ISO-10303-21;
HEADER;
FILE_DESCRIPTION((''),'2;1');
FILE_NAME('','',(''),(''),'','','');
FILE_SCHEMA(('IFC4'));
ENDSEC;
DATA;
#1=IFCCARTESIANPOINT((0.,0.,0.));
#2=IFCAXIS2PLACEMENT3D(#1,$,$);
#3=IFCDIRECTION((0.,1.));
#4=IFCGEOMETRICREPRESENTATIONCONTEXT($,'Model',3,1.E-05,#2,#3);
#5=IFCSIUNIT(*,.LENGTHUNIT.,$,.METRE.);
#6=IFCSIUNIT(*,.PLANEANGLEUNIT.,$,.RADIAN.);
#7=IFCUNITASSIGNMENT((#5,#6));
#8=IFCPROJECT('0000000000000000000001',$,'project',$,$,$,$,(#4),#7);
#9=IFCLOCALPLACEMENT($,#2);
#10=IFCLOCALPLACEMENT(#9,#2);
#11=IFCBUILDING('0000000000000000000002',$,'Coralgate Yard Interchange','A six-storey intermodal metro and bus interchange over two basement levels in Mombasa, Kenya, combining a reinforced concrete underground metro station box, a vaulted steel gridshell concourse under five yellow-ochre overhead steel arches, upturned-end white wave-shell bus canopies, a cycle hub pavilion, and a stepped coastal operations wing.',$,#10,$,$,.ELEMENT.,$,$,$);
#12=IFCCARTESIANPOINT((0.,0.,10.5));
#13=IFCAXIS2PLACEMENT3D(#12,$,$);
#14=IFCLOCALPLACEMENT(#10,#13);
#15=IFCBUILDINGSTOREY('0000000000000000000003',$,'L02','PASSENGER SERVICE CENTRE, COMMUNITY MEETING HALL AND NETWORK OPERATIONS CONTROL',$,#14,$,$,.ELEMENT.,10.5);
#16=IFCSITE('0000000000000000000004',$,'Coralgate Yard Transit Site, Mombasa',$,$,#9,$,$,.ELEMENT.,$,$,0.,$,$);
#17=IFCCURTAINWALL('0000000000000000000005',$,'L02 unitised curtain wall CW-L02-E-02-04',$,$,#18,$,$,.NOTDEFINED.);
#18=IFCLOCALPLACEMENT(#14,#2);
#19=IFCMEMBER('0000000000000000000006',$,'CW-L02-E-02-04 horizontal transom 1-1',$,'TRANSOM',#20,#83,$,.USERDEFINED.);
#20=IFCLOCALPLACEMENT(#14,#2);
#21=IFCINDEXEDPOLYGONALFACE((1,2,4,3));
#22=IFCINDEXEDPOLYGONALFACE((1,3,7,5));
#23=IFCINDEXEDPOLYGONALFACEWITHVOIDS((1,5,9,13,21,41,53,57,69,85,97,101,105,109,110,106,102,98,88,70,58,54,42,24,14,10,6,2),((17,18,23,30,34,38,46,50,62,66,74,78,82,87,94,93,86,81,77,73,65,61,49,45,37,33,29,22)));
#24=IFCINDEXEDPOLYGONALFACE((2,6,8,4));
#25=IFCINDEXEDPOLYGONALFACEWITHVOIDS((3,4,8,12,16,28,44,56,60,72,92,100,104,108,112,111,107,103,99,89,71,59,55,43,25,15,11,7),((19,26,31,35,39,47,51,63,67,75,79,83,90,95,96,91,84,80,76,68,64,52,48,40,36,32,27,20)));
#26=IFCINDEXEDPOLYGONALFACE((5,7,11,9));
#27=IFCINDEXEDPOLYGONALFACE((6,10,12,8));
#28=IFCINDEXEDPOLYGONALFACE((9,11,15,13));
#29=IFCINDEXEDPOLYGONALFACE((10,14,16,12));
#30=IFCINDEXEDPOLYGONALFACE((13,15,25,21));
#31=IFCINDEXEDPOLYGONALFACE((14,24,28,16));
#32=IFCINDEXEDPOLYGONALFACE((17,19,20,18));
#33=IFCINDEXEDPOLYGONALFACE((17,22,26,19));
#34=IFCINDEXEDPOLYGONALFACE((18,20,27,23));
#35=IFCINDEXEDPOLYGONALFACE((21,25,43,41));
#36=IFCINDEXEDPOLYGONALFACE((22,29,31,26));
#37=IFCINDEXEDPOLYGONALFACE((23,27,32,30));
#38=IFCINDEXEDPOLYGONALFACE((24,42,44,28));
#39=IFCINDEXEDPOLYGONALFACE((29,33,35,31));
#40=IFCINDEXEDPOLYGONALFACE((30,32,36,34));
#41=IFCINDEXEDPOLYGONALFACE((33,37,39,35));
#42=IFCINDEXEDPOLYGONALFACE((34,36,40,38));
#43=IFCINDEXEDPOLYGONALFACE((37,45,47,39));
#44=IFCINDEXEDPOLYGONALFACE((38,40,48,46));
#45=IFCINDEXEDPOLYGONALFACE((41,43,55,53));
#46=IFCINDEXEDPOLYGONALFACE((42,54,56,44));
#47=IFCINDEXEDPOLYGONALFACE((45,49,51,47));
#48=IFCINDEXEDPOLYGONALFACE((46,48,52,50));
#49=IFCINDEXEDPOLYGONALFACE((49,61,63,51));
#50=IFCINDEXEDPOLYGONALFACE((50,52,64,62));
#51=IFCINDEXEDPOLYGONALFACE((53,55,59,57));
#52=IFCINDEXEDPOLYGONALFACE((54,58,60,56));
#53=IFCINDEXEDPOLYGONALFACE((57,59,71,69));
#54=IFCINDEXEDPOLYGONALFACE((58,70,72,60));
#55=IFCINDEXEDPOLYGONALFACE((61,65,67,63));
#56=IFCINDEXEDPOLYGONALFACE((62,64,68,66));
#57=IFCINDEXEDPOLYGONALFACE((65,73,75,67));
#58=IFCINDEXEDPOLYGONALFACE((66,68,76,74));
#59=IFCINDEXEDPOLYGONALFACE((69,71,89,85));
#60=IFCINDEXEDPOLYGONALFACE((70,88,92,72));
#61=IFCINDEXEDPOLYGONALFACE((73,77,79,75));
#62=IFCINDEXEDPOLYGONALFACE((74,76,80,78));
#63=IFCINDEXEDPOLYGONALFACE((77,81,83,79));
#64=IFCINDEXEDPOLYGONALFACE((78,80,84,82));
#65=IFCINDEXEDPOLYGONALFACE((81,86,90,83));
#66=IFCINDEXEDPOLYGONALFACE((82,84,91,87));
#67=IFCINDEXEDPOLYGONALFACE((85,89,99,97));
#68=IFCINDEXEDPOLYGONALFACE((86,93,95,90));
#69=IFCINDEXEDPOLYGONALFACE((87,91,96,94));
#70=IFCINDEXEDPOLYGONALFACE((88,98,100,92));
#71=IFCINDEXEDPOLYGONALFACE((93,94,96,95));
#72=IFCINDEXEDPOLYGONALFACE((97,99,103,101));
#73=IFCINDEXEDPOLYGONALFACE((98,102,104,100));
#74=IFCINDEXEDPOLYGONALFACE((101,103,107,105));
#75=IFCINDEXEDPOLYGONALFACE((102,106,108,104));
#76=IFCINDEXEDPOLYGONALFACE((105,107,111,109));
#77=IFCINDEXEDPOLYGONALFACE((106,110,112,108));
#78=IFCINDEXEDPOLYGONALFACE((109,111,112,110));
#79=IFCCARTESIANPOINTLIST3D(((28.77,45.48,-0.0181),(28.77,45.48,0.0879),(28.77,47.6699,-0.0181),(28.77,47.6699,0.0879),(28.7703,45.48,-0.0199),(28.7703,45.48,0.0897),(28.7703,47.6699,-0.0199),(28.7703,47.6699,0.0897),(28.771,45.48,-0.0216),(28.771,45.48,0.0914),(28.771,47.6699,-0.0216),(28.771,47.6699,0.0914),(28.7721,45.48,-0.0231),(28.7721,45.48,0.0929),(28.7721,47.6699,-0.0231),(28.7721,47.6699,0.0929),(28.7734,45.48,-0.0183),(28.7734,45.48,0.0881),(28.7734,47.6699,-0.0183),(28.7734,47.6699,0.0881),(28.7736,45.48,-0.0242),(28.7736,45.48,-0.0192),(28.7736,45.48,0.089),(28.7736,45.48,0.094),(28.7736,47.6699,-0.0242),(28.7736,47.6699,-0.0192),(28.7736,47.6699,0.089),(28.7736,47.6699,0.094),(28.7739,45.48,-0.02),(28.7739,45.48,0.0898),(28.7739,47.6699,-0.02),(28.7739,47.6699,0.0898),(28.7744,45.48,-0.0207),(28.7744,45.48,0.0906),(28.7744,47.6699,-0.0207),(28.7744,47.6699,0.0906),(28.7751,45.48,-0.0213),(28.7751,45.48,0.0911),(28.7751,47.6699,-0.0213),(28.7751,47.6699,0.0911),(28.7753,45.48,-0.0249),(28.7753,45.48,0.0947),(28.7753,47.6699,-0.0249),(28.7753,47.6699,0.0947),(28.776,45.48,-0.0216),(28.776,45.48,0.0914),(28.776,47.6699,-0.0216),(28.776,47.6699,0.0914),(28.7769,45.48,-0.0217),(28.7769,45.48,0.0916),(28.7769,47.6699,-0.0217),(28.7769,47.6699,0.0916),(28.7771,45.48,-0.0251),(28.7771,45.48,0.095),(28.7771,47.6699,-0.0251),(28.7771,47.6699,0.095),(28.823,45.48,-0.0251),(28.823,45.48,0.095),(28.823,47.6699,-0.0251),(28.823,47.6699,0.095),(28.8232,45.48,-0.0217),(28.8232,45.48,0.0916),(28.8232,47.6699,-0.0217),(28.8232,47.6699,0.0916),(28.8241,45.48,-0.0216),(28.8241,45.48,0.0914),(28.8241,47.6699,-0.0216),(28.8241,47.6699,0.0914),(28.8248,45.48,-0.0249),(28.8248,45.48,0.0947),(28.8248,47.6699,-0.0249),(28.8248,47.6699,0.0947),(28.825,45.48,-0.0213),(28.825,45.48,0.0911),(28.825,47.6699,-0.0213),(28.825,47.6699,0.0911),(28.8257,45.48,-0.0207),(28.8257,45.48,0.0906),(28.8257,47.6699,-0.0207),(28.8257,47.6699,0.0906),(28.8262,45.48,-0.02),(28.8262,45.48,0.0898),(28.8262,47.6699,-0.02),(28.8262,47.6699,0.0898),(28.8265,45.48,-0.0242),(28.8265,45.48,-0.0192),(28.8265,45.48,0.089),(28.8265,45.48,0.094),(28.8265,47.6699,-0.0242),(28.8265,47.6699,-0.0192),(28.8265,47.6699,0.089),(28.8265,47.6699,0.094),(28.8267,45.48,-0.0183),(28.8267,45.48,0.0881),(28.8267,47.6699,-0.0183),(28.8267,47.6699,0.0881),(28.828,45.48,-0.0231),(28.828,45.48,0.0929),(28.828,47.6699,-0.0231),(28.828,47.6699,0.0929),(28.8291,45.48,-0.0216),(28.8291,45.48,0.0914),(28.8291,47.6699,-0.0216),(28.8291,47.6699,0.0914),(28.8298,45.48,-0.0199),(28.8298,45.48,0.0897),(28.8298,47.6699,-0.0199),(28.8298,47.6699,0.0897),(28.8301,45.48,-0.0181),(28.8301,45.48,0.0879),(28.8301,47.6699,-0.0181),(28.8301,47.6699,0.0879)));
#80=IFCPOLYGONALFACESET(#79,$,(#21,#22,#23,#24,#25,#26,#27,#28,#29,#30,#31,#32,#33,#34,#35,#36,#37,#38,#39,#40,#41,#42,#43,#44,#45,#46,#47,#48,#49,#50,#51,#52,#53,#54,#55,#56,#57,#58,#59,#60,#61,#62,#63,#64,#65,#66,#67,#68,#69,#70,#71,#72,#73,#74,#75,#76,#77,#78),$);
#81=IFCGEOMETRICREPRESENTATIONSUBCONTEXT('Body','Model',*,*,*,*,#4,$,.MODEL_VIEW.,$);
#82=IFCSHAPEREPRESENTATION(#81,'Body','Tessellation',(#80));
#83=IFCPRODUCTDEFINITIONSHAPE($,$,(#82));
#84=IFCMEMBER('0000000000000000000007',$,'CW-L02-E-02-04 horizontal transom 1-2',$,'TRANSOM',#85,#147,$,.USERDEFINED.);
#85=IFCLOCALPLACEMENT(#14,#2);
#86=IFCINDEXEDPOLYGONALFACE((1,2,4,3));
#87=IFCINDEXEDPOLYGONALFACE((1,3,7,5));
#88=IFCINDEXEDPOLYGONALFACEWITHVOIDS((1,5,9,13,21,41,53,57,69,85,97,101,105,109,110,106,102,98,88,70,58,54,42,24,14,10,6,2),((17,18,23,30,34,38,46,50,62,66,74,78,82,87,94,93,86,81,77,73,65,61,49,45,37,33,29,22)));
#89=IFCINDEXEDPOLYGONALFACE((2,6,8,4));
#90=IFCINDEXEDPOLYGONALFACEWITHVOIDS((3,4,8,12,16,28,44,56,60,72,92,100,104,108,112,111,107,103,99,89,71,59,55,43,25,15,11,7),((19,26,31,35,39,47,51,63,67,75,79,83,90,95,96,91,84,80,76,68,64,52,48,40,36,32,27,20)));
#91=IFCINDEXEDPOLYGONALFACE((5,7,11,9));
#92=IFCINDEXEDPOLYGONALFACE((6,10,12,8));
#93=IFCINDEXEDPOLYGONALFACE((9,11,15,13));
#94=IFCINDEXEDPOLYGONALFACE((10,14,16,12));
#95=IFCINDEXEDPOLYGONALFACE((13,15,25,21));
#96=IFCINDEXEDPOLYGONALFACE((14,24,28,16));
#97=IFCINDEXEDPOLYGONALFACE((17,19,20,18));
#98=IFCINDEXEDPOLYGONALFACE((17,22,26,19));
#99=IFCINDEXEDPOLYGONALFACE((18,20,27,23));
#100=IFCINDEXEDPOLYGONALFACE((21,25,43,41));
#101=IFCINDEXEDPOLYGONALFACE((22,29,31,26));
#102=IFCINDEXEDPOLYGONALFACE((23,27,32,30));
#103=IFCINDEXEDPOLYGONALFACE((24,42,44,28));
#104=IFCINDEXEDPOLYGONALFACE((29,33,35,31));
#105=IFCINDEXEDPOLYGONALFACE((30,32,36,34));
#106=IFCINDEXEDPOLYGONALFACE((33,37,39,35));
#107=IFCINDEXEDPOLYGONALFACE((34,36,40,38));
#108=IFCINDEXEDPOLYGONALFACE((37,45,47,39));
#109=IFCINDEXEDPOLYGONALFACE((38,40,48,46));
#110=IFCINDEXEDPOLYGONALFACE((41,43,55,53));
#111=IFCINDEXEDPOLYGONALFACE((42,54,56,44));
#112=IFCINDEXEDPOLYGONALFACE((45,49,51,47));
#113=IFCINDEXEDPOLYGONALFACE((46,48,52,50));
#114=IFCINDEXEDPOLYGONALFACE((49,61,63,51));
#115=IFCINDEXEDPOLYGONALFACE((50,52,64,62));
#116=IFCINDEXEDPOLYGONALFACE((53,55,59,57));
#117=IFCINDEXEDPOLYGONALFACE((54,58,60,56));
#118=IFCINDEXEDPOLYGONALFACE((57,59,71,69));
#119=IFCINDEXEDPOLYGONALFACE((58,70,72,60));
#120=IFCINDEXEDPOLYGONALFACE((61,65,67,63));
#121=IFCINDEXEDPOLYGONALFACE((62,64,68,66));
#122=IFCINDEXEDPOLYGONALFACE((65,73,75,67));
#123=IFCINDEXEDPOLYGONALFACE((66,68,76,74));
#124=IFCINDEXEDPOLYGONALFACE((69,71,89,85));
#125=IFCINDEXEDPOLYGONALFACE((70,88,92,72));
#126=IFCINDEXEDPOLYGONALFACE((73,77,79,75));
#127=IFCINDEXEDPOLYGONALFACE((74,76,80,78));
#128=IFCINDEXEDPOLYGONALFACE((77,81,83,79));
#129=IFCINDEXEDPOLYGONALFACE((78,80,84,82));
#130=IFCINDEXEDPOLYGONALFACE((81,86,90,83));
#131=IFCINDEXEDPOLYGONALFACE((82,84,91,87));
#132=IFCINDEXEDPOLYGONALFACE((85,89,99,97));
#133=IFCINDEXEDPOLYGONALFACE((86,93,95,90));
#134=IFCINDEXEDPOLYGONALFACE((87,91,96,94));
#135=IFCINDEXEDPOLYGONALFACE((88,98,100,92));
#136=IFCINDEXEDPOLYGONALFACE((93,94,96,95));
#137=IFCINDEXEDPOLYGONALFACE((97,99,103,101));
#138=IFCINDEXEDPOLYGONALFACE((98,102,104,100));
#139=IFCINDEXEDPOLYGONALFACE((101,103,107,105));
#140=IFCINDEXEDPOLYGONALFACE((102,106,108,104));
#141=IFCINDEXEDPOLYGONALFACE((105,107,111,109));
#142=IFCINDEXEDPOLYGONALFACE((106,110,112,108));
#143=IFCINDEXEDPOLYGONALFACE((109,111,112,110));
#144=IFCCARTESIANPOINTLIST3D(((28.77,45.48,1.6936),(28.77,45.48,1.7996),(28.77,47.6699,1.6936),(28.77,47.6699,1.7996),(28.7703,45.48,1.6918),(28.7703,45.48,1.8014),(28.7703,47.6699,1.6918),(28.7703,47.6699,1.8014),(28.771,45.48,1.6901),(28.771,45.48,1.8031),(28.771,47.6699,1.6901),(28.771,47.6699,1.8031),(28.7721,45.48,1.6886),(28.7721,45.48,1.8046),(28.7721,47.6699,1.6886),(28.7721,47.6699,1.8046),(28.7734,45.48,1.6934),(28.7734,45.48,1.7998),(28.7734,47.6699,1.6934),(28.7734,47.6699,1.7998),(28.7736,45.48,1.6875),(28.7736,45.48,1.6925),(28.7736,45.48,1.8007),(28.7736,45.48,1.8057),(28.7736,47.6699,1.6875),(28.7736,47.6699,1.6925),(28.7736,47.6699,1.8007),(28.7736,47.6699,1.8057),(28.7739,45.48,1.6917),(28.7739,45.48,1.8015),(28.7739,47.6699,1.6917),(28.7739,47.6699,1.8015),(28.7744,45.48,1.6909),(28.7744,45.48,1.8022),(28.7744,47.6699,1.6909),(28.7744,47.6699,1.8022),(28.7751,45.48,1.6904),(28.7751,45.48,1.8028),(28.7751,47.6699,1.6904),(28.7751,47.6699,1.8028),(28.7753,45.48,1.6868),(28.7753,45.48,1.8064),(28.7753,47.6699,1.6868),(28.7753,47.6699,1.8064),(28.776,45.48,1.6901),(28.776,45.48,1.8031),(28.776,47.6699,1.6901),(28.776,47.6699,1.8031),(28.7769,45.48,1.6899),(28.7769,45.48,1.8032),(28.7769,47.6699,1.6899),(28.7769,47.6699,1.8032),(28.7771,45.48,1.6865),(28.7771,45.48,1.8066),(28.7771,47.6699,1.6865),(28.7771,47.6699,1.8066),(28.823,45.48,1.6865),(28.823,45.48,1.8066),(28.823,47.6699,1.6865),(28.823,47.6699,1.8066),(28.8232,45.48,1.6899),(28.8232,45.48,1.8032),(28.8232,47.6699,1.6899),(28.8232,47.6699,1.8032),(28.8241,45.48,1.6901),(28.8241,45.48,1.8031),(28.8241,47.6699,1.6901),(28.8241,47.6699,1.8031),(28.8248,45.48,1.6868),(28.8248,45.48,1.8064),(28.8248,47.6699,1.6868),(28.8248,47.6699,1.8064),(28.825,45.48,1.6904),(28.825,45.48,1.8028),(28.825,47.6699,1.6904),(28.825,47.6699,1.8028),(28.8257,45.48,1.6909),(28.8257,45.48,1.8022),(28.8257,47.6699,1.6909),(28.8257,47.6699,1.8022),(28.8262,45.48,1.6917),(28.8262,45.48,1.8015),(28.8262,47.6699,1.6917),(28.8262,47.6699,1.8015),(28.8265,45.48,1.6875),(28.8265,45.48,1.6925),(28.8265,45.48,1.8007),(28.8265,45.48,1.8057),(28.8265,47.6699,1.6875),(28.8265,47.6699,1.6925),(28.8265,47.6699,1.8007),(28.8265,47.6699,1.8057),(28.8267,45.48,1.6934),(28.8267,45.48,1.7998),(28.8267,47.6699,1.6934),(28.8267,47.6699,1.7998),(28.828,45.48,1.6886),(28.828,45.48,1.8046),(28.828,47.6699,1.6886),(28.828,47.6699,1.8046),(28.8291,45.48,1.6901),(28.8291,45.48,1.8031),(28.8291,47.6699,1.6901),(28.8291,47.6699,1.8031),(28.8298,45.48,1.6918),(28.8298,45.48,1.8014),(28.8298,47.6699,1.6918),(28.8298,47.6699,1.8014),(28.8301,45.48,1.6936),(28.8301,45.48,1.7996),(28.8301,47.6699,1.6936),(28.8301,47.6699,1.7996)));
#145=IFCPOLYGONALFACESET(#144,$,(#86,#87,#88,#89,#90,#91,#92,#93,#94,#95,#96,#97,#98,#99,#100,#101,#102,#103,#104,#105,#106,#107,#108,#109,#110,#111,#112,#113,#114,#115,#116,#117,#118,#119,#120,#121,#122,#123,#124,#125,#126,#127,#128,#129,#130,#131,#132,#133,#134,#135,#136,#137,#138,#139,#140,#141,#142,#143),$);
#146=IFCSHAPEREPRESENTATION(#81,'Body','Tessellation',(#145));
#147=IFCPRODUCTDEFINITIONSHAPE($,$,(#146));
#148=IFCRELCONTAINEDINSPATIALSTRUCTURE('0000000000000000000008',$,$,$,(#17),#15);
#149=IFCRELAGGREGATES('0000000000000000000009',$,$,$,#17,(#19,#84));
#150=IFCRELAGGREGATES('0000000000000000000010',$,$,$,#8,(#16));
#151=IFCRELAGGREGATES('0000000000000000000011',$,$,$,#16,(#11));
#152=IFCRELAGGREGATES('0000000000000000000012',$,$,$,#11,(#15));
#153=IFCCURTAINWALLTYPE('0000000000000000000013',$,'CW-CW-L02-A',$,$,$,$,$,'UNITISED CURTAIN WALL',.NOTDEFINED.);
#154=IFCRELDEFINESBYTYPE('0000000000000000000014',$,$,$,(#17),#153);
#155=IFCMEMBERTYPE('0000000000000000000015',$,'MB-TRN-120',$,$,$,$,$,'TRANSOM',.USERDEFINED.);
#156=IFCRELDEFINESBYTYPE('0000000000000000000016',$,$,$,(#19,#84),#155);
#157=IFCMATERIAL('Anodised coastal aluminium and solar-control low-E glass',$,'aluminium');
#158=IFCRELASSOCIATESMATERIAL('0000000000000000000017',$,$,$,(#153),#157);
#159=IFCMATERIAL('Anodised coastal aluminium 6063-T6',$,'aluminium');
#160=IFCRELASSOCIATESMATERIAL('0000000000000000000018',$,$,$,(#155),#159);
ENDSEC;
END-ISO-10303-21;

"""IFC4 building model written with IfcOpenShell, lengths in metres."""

from ifc_helpers import new_model, si_unit, direction, frame, origin, origin_2d, place, context, subcontext, project, spatial, hollow_rectangle, extrude, material, material_profile, profile_set, type_object, element, aggregate, save


model = new_model("IFC4")

# Units and contexts
model_context = context("Model", 3, precision=1e-05, world=origin(), true_north=direction((0.0, 1.0)))
body_context = subcontext(model_context, "Body", "Model", "MODEL_VIEW")
ifc_project = project(units=[si_unit("LENGTHUNIT", "METRE"), si_unit("PLANEANGLEUNIT", "RADIAN")], contexts=[model_context])

# Site, building, storey
site_placement = place(None, origin())
site = spatial("IfcSite", under=ifc_project, at=site_placement, Name="Coralgate Yard Transit Site, Mombasa", CompositionType="ELEMENT", RefElevation=0.0)
building_placement = place(site_placement, origin())
building = spatial("IfcBuilding", under=site, at=building_placement, Name="Coralgate Yard Interchange", Description="A six-storey intermodal metro and bus interchange over two basement levels in Mombasa, Kenya, combining a reinforced concrete underground metro station box, a vaulted steel gridshell concourse under five yellow-ochre overhead steel arches, upturned-end white wave-shell bus canopies, a cycle hub pavilion, and a stepped coastal operations wing.", CompositionType="ELEMENT")
storey_placement = place(building_placement, frame((0.0, 0.0, 10.5)))
storey = spatial("IfcBuildingStorey", under=building, at=storey_placement, Name="L02", Description="PASSENGER SERVICE CENTRE, COMMUNITY MEETING HALL AND NETWORK OPERATIONS CONTROL", CompositionType="ELEMENT", Elevation=10.5)

# Curtain wall
ifc_material_1 = material(Name="Anodised coastal aluminium and solar-control low-E glass", Category="aluminium")
curtain_wall_type_1 = type_object("IfcCurtainWallType", Name="CW-CW-L02-A", ElementType="UNITISED CURTAIN WALL", PredefinedType="NOTDEFINED", material=ifc_material_1)
curtain_wall_1_placement = place(storey_placement, origin())
curtain_wall_1 = element("IfcCurtainWall", 1, at=curtain_wall_1_placement, inside=storey, type_object=curtain_wall_type_1, Name="L02 unitised curtain wall CW-L02-E-02-04", PredefinedType="NOTDEFINED")
ifc_material_2 = material(Name="Anodised coastal aluminium 6063-T6", Category="aluminium")

# Members
ifc_material_profile_1 = material_profile(ifc_material_2, hollow_rectangle(XDim=0.0601, YDim=0.1201, WallThickness=0.0034, InnerFilletRadius=0.0034, OuterFilletRadius=0.0071, at=origin_2d()), Name="ALU 60x120x3.5")
ifc_profile_set_1 = profile_set([ifc_material_profile_1], Name="Anodised coastal aluminium 6063-T6")
member_type_1 = type_object("IfcMemberType", Name="MB-TRN-120", ElementType="TRANSOM", PredefinedType="USERDEFINED", material=ifc_profile_set_1)
member_1_placement = place(storey_placement, frame((28.8, 47.6699, 0.0349), z_axis=(0.0, -1.0, 0.0), x_axis=(1.0, 0.0, 0.0)))
member_1 = element("IfcMember", 2, at=member_1_placement, type_object=member_type_1, Name="CW-L02-E-02-04 horizontal transom 1-1", ObjectType="TRANSOM", PredefinedType="USERDEFINED", context=body_context, shape_type="SweptSolid", body=[
    extrude(hollow_rectangle(XDim=0.0601, YDim=0.1201, WallThickness=0.0034, InnerFilletRadius=0.0034, OuterFilletRadius=0.0071, at=origin_2d()), origin(), (0.0, 0.0, 1.0), 2.1899),
])
member_2_placement = place(storey_placement, frame((28.8, 47.6699, 1.7466), z_axis=(0.0, -1.0, 0.0), x_axis=(1.0, 0.0, 0.0)))
member_2 = element("IfcMember", 3, at=member_2_placement, type_object=member_type_1, Name="CW-L02-E-02-04 horizontal transom 1-2", ObjectType="TRANSOM", PredefinedType="USERDEFINED", context=body_context, shape_type="SweptSolid", body=[
    extrude(hollow_rectangle(XDim=0.0601, YDim=0.1201, WallThickness=0.0034, InnerFilletRadius=0.0034, OuterFilletRadius=0.0071, at=origin_2d()), origin(), (0.0, 0.0, 1.0), 2.1899),
])

aggregate(curtain_wall_1, [member_1, member_2])

save(model, "model.ifc")
